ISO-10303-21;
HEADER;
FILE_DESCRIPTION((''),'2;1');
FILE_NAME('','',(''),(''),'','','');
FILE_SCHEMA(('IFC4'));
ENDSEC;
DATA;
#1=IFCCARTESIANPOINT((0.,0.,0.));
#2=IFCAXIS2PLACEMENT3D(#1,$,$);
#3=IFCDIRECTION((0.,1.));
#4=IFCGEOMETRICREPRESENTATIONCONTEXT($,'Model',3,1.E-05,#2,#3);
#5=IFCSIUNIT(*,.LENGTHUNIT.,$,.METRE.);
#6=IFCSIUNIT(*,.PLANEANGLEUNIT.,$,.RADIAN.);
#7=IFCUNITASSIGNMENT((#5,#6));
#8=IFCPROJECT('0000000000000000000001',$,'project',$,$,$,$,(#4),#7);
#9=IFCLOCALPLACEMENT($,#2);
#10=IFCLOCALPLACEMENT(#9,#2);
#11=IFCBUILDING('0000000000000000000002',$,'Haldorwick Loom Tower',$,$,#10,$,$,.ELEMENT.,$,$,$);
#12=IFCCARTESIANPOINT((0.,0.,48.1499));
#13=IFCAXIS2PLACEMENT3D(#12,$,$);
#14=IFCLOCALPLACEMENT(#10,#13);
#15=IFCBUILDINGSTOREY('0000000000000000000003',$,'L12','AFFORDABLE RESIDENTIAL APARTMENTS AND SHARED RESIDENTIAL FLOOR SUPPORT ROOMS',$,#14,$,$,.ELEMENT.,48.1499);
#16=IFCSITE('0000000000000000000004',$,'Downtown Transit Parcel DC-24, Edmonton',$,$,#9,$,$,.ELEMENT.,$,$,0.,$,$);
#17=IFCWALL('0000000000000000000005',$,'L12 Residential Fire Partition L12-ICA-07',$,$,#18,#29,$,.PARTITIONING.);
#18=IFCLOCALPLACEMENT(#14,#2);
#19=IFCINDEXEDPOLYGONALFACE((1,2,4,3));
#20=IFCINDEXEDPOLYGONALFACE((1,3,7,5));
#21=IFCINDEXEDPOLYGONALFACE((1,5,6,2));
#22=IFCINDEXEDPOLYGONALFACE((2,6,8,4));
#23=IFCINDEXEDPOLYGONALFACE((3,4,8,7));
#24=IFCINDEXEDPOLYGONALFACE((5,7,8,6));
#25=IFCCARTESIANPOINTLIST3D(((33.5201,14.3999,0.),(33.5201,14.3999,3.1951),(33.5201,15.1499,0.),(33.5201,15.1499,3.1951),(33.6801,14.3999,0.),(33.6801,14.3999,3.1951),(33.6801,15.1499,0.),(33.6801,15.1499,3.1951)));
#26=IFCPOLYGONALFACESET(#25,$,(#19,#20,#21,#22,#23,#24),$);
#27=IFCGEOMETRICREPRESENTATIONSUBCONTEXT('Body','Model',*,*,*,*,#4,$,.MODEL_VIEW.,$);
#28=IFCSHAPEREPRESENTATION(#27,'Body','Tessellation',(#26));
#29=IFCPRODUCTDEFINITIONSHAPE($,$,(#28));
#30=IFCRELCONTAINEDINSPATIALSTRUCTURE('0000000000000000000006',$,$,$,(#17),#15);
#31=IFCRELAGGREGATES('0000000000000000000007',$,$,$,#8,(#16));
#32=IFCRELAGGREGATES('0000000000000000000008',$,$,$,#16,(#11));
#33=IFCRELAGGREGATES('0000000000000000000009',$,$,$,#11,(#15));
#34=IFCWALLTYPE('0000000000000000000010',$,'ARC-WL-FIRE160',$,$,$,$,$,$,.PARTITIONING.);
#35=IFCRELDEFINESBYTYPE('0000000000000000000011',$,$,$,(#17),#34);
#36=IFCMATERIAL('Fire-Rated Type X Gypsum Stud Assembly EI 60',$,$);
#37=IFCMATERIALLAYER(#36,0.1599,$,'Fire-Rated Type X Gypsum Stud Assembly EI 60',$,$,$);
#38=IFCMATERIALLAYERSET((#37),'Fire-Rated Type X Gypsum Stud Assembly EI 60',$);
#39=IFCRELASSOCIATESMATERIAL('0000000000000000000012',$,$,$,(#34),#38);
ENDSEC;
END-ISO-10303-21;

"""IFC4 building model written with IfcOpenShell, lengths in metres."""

from ifc_helpers import new_model, si_unit, direction, frame, frame_2d, origin, place, context, subcontext, project, spatial, rectangle, extrude, material, layer, layer_set, type_object, element, save


model = new_model("IFC4")

# Units and contexts
model_context = context("Model", 3, precision=1e-05, world=origin(), true_north=direction((0.0, 1.0)))
body_context = subcontext(model_context, "Body", "Model", "MODEL_VIEW")
ifc_project = project(units=[si_unit("LENGTHUNIT", "METRE"), si_unit("PLANEANGLEUNIT", "RADIAN")], contexts=[model_context])

# Site, building, storey
site_placement = place(None, origin())
site = spatial("IfcSite", under=ifc_project, at=site_placement, Name="Downtown Transit Parcel DC-24, Edmonton", CompositionType="ELEMENT", RefElevation=0.0)
building_placement = place(site_placement, origin())
building = spatial("IfcBuilding", under=site, at=building_placement, Name="Haldorwick Loom Tower", CompositionType="ELEMENT")
storey_placement = place(building_placement, frame((0.0, 0.0, 48.1499)))
storey = spatial("IfcBuildingStorey", under=building, at=storey_placement, Name="L12", Description="AFFORDABLE RESIDENTIAL APARTMENTS AND SHARED RESIDENTIAL FLOOR SUPPORT ROOMS", CompositionType="ELEMENT", Elevation=48.1499)

# Wall
ifc_material_1 = material(Name="Fire-Rated Type X Gypsum Stud Assembly EI 60")
ifc_layer_1 = layer(ifc_material_1, 0.1599, Name="Fire-Rated Type X Gypsum Stud Assembly EI 60")
ifc_layer_set_1 = layer_set([ifc_layer_1], Name="Fire-Rated Type X Gypsum Stud Assembly EI 60")
wall_type = type_object("IfcWallType", Name="ARC-WL-FIRE160", PredefinedType="PARTITIONING", material=ifc_layer_set_1)
wall_1_placement = place(storey_placement, frame((33.6001, 15.1499, 0.0), z_axis=(0.0, 0.0, 1.0), x_axis=(0.0, -1.0, 0.0)))
element("IfcWall", 1, at=wall_1_placement, inside=storey, type_object=wall_type, Name="L12 Residential Fire Partition L12-ICA-07", PredefinedType="PARTITIONING", context=body_context, shape_type="SweptSolid", body=[
    extrude(rectangle(XDim=0.75, YDim=0.1599, at=frame_2d((0.375, 0.0))), origin(), (0.0, 0.0, 1.0), 3.1951),
])

save(model, "model.ifc")
